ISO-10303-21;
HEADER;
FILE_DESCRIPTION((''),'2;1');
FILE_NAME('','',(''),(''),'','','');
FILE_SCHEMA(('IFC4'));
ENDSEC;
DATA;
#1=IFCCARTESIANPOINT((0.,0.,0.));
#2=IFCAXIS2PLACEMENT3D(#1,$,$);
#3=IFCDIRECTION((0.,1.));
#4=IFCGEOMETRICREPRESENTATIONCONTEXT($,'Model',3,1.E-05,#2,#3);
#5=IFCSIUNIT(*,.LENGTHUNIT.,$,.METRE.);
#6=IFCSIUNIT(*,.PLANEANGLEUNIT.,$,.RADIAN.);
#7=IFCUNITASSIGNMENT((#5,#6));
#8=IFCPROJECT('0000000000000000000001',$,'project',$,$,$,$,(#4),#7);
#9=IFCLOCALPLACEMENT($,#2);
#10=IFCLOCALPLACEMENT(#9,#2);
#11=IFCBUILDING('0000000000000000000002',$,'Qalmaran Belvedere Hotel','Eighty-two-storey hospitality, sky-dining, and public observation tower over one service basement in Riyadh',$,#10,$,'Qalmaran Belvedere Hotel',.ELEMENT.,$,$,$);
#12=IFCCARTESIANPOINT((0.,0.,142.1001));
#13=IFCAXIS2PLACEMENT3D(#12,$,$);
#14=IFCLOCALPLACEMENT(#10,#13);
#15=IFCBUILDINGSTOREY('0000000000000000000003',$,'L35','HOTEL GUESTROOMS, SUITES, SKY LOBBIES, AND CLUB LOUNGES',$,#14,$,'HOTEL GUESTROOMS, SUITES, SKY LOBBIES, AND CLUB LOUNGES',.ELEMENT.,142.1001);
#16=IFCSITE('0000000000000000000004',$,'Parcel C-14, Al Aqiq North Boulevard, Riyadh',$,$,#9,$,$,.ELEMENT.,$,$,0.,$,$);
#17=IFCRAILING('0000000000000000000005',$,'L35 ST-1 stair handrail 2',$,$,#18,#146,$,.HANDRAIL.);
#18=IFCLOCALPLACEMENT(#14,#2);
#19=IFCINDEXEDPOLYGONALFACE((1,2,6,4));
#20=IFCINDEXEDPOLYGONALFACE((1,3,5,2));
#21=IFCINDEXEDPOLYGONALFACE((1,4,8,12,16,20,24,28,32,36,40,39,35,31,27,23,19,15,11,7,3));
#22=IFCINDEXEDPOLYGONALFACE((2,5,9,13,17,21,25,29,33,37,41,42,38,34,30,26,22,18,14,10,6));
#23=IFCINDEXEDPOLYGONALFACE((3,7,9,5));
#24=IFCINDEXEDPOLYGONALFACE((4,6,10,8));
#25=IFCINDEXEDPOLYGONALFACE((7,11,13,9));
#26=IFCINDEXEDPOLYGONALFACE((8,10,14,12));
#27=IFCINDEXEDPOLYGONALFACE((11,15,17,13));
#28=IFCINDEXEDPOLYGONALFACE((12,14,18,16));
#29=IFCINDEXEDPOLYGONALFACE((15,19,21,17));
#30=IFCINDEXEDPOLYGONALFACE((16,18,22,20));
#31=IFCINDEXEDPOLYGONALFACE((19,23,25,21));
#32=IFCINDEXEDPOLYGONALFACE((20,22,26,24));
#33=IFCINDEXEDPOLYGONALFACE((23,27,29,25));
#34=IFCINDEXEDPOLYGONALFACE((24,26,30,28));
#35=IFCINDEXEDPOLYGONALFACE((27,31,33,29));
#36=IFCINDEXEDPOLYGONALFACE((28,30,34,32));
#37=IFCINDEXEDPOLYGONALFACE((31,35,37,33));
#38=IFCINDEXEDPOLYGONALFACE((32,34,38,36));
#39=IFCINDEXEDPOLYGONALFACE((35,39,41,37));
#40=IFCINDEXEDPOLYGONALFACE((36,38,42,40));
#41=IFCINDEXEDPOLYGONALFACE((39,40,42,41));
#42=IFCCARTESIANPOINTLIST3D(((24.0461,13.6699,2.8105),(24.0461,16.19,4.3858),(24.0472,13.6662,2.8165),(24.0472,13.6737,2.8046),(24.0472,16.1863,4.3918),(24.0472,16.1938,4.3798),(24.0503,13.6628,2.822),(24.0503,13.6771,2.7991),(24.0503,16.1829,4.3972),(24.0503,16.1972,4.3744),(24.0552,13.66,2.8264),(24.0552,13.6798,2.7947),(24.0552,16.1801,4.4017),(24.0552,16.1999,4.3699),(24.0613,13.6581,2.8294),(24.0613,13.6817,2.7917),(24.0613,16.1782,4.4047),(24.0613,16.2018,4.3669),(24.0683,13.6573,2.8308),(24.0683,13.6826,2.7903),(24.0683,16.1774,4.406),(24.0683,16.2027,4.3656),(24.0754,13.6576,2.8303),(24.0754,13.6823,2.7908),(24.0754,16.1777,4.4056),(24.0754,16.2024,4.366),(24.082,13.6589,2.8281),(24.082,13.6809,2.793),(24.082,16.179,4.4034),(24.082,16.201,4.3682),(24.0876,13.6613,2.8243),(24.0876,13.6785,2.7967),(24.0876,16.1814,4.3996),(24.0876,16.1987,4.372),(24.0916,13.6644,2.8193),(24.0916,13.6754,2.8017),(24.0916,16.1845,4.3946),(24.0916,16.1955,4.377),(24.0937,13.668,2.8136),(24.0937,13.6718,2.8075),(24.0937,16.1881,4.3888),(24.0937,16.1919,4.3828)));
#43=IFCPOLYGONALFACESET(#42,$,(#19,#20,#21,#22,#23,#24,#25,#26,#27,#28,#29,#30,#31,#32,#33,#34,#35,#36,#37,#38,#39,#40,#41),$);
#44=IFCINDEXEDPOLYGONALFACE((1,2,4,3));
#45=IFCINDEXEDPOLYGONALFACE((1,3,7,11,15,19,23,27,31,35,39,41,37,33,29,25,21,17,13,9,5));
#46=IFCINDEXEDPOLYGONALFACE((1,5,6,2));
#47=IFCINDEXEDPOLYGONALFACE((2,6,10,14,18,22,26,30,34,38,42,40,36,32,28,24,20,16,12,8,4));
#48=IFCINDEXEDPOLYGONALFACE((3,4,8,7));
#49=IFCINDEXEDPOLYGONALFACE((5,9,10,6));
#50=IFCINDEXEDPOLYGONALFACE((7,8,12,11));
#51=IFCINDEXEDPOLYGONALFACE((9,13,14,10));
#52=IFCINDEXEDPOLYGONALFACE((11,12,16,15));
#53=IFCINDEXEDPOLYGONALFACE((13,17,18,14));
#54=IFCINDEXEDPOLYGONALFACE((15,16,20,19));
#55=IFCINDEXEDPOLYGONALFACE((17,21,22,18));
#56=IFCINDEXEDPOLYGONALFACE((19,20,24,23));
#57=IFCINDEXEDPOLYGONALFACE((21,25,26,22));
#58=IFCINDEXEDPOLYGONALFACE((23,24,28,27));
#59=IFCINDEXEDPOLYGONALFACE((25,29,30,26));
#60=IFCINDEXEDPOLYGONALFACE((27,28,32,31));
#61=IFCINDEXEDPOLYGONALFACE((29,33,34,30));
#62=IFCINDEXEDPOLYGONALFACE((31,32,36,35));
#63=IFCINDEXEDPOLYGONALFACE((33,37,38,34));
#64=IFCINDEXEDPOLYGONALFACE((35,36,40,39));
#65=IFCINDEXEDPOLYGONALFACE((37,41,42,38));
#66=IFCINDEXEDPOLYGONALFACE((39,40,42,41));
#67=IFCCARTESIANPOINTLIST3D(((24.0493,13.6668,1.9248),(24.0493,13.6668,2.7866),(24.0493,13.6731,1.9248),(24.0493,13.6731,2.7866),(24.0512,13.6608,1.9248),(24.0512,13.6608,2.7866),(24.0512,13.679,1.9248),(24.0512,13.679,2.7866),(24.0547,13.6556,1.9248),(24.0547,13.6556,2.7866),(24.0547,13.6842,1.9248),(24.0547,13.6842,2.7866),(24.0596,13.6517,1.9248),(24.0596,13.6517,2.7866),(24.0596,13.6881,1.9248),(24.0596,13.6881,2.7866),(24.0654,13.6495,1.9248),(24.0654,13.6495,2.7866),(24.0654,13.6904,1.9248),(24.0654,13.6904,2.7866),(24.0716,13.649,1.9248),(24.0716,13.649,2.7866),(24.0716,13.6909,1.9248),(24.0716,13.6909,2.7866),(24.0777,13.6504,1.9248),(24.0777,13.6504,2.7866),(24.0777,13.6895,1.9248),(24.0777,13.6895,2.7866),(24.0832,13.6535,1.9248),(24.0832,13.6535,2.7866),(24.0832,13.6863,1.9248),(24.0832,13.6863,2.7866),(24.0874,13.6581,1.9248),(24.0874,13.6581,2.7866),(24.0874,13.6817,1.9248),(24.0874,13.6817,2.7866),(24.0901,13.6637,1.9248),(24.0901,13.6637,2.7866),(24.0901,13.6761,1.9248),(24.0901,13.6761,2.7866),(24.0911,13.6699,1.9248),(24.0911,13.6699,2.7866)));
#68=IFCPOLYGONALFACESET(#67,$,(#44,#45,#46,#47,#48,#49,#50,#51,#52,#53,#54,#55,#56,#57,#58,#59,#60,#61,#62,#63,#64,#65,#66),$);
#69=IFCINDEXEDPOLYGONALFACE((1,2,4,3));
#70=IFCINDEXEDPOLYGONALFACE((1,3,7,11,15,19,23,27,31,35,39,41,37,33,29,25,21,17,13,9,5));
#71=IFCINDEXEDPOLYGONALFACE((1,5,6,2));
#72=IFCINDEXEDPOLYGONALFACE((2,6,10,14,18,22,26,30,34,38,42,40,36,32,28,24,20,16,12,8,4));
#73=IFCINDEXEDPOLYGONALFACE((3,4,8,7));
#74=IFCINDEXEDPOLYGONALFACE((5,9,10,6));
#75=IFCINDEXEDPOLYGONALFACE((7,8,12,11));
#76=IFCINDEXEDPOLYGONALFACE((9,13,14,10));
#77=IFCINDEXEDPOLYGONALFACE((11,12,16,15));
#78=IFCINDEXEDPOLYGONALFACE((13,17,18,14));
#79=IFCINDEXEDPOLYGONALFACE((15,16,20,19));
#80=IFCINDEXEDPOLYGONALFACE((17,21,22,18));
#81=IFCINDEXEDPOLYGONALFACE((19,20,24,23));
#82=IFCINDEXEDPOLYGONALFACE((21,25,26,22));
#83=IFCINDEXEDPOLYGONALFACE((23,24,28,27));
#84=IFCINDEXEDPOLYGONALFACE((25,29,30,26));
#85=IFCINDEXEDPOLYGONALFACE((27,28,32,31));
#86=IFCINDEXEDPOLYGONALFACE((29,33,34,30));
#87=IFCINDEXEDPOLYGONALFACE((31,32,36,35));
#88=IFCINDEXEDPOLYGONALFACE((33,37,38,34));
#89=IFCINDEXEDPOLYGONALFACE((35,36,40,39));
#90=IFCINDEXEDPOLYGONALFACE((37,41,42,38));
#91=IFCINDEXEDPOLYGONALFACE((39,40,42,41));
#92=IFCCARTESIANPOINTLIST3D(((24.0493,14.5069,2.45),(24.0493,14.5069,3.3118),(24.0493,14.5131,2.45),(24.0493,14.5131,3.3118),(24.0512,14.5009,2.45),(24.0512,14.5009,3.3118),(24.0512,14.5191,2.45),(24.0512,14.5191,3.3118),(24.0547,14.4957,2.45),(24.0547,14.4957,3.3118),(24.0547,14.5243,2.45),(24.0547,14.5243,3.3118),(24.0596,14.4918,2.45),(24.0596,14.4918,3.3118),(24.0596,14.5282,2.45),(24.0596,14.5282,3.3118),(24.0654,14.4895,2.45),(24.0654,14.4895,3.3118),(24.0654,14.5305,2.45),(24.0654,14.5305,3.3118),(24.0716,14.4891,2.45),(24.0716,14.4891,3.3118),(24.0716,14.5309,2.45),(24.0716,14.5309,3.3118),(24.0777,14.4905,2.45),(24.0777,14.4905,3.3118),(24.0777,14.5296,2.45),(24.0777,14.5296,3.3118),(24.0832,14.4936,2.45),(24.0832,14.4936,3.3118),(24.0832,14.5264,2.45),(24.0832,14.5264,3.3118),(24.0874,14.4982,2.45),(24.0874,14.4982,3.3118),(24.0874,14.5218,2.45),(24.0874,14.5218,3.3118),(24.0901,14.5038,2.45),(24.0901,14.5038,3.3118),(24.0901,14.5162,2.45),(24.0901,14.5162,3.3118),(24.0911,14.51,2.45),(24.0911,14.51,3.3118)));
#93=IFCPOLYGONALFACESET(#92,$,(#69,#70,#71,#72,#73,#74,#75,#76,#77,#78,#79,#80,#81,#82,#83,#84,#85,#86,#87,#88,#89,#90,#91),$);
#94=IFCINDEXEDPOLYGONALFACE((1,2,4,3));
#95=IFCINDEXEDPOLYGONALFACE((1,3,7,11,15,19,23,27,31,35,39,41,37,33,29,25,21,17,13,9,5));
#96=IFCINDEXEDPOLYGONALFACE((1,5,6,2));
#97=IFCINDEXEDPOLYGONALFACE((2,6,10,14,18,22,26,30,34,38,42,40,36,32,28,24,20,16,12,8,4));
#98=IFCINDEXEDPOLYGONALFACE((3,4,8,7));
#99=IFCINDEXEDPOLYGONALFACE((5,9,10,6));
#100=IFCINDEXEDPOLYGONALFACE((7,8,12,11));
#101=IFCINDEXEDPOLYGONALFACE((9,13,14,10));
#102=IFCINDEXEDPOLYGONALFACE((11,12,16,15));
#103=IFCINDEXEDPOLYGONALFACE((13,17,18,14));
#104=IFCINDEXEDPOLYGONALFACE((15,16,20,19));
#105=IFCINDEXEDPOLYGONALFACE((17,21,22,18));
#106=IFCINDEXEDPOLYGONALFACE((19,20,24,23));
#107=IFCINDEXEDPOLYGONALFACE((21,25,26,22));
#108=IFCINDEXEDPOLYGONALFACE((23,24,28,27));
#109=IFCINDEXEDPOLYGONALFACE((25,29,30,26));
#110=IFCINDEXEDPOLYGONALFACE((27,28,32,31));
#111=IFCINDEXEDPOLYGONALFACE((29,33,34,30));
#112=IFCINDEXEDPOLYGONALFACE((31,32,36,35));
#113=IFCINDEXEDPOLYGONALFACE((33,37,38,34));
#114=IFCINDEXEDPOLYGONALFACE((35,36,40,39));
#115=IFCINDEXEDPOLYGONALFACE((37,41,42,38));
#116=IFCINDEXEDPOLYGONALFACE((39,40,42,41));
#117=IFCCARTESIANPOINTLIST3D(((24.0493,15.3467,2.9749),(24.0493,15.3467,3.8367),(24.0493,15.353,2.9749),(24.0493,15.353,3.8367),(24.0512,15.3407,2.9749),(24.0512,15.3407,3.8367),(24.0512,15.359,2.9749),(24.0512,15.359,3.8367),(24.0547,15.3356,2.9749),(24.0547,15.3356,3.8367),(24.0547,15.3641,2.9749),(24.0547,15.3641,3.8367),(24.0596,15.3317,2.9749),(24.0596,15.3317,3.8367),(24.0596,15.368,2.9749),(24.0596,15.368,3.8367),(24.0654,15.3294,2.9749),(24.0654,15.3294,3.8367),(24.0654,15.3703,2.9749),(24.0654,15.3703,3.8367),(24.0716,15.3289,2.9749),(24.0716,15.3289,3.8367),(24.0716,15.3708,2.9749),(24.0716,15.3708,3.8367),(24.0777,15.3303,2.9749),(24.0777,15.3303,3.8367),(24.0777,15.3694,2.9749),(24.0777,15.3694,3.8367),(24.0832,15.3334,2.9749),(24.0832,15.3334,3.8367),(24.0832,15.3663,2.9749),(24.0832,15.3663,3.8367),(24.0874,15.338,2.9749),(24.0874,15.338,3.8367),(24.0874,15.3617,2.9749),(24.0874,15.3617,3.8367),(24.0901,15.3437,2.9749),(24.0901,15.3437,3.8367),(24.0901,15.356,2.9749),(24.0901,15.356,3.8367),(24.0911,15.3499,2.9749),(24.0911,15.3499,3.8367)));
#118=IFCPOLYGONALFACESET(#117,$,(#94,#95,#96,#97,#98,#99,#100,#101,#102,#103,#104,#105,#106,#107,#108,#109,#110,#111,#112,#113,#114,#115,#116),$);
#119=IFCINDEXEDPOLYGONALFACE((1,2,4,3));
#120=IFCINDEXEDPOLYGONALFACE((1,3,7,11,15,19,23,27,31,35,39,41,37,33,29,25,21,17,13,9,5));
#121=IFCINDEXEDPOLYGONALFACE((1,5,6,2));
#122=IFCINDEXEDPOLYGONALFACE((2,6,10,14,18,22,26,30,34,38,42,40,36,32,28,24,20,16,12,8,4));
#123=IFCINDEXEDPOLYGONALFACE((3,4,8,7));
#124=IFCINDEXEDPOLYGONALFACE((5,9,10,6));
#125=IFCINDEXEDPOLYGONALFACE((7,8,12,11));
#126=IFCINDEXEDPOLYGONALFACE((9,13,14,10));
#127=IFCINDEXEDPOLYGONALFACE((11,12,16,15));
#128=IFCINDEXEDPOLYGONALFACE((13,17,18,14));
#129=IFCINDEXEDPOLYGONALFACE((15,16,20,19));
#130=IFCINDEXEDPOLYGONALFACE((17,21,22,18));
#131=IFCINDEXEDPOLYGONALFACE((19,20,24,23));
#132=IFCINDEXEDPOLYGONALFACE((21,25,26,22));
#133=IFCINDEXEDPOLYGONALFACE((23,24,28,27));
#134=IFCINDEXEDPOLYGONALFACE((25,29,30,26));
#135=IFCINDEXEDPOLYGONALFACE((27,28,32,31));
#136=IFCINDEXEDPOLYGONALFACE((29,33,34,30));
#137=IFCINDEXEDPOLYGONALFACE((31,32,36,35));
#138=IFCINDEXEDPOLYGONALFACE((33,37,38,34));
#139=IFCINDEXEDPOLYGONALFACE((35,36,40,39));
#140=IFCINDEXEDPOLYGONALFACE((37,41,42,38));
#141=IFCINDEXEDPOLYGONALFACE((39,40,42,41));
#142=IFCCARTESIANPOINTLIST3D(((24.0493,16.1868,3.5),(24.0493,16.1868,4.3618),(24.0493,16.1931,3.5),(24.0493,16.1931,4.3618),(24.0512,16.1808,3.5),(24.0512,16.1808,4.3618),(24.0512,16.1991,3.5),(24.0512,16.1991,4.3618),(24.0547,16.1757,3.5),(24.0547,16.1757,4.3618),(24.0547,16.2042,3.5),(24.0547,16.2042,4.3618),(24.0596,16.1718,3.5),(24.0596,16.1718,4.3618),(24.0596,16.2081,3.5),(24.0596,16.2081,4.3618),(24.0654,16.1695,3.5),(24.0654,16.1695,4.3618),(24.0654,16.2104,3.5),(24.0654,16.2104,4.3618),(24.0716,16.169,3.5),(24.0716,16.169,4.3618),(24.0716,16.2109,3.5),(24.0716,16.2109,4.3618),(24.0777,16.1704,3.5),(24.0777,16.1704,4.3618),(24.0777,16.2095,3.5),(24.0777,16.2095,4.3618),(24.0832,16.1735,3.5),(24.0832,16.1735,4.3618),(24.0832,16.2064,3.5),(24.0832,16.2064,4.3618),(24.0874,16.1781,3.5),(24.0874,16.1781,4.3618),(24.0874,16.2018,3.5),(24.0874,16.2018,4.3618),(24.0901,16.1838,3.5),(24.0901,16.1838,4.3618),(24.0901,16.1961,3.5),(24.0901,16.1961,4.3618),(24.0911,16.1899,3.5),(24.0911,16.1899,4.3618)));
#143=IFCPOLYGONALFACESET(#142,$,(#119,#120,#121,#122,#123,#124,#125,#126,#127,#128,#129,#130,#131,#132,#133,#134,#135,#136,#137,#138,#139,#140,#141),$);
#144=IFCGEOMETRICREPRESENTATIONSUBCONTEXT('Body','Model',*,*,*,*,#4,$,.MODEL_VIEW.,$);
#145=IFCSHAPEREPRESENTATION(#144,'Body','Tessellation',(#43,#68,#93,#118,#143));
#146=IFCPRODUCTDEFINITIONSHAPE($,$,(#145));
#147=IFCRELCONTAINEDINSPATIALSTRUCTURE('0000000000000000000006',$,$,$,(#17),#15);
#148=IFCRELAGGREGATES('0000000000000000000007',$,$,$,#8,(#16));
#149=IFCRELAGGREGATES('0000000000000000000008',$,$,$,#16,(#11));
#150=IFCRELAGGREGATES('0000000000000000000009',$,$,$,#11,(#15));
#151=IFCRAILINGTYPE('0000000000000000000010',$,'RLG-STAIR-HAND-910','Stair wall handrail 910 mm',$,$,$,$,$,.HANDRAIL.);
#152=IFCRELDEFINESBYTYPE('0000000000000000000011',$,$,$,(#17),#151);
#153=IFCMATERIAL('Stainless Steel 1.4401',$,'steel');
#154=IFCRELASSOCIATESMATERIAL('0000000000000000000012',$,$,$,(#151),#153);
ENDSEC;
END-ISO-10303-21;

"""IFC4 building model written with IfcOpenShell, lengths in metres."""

from ifc_helpers import new_model, si_unit, direction, frame, origin, origin_2d, place, context, subcontext, project, spatial, circle, extrude, material, type_object, element, save


model = new_model("IFC4")

# Units and contexts
model_context = context("Model", 3, precision=1e-05, world=origin(), true_north=direction((0.0, 1.0)))
body_context = subcontext(model_context, "Body", "Model", "MODEL_VIEW")
ifc_project = project(units=[si_unit("LENGTHUNIT", "METRE"), si_unit("PLANEANGLEUNIT", "RADIAN")], contexts=[model_context])

# Site, building, storey
site_placement = place(None, origin())
site = spatial("IfcSite", under=ifc_project, at=site_placement, Name="Parcel C-14, Al Aqiq North Boulevard, Riyadh", CompositionType="ELEMENT", RefElevation=0.0)
building_placement = place(site_placement, origin())
building = spatial("IfcBuilding", under=site, at=building_placement, Name="Qalmaran Belvedere Hotel", Description="Eighty-two-storey hospitality, sky-dining, and public observation tower over one service basement in Riyadh", LongName="Qalmaran Belvedere Hotel", CompositionType="ELEMENT")
storey_placement = place(building_placement, frame((0.0, 0.0, 142.1001)))
storey = spatial("IfcBuildingStorey", under=building, at=storey_placement, Name="L35", Description="HOTEL GUESTROOMS, SUITES, SKY LOBBIES, AND CLUB LOUNGES", LongName="HOTEL GUESTROOMS, SUITES, SKY LOBBIES, AND CLUB LOUNGES", CompositionType="ELEMENT", Elevation=142.1001)

# Shared definitions
ifc_material_1 = material(Name="Stainless Steel 1.4401", Category="steel")

# Railing
railing_type_1 = type_object("IfcRailingType", Name="RLG-STAIR-HAND-910", Description="Stair wall handrail 910 mm", PredefinedType="HANDRAIL", material=ifc_material_1)
railing_1_placement = place(storey_placement, frame((24.0701, 13.6699, 1.9248)))
element("IfcRailing", 1, at=railing_1_placement, inside=storey, type_object=railing_type_1, Name="L35 ST-1 stair handrail 2", PredefinedType="HANDRAIL", context=body_context, shape_type="SweptSolid", body=[
    extrude(circle(Radius=0.0239, at=origin_2d()), frame((0.0, 0.0, 0.8857), z_axis=(0.0, 0.847971, 0.530043), x_axis=(-1.0, 0.0, 0.0)), (0.0, 0.0, 1.0), 2.9719),
    extrude(circle(Radius=0.021, at=origin_2d()), origin(), (0.0, 0.0, 1.0), 0.8618),
    extrude(circle(Radius=0.021, at=origin_2d()), frame((0.0, 0.8401, 0.5251)), (0.0, 0.0, 1.0), 0.8618),
    extrude(circle(Radius=0.021, at=origin_2d()), frame((0.0, 1.6799, 1.05)), (0.0, 0.0, 1.0), 0.8618),
    extrude(circle(Radius=0.021, at=origin_2d()), frame((0.0, 2.52, 1.5752)), (0.0, 0.0, 1.0), 0.8618),
])

save(model, "model.ifc")
